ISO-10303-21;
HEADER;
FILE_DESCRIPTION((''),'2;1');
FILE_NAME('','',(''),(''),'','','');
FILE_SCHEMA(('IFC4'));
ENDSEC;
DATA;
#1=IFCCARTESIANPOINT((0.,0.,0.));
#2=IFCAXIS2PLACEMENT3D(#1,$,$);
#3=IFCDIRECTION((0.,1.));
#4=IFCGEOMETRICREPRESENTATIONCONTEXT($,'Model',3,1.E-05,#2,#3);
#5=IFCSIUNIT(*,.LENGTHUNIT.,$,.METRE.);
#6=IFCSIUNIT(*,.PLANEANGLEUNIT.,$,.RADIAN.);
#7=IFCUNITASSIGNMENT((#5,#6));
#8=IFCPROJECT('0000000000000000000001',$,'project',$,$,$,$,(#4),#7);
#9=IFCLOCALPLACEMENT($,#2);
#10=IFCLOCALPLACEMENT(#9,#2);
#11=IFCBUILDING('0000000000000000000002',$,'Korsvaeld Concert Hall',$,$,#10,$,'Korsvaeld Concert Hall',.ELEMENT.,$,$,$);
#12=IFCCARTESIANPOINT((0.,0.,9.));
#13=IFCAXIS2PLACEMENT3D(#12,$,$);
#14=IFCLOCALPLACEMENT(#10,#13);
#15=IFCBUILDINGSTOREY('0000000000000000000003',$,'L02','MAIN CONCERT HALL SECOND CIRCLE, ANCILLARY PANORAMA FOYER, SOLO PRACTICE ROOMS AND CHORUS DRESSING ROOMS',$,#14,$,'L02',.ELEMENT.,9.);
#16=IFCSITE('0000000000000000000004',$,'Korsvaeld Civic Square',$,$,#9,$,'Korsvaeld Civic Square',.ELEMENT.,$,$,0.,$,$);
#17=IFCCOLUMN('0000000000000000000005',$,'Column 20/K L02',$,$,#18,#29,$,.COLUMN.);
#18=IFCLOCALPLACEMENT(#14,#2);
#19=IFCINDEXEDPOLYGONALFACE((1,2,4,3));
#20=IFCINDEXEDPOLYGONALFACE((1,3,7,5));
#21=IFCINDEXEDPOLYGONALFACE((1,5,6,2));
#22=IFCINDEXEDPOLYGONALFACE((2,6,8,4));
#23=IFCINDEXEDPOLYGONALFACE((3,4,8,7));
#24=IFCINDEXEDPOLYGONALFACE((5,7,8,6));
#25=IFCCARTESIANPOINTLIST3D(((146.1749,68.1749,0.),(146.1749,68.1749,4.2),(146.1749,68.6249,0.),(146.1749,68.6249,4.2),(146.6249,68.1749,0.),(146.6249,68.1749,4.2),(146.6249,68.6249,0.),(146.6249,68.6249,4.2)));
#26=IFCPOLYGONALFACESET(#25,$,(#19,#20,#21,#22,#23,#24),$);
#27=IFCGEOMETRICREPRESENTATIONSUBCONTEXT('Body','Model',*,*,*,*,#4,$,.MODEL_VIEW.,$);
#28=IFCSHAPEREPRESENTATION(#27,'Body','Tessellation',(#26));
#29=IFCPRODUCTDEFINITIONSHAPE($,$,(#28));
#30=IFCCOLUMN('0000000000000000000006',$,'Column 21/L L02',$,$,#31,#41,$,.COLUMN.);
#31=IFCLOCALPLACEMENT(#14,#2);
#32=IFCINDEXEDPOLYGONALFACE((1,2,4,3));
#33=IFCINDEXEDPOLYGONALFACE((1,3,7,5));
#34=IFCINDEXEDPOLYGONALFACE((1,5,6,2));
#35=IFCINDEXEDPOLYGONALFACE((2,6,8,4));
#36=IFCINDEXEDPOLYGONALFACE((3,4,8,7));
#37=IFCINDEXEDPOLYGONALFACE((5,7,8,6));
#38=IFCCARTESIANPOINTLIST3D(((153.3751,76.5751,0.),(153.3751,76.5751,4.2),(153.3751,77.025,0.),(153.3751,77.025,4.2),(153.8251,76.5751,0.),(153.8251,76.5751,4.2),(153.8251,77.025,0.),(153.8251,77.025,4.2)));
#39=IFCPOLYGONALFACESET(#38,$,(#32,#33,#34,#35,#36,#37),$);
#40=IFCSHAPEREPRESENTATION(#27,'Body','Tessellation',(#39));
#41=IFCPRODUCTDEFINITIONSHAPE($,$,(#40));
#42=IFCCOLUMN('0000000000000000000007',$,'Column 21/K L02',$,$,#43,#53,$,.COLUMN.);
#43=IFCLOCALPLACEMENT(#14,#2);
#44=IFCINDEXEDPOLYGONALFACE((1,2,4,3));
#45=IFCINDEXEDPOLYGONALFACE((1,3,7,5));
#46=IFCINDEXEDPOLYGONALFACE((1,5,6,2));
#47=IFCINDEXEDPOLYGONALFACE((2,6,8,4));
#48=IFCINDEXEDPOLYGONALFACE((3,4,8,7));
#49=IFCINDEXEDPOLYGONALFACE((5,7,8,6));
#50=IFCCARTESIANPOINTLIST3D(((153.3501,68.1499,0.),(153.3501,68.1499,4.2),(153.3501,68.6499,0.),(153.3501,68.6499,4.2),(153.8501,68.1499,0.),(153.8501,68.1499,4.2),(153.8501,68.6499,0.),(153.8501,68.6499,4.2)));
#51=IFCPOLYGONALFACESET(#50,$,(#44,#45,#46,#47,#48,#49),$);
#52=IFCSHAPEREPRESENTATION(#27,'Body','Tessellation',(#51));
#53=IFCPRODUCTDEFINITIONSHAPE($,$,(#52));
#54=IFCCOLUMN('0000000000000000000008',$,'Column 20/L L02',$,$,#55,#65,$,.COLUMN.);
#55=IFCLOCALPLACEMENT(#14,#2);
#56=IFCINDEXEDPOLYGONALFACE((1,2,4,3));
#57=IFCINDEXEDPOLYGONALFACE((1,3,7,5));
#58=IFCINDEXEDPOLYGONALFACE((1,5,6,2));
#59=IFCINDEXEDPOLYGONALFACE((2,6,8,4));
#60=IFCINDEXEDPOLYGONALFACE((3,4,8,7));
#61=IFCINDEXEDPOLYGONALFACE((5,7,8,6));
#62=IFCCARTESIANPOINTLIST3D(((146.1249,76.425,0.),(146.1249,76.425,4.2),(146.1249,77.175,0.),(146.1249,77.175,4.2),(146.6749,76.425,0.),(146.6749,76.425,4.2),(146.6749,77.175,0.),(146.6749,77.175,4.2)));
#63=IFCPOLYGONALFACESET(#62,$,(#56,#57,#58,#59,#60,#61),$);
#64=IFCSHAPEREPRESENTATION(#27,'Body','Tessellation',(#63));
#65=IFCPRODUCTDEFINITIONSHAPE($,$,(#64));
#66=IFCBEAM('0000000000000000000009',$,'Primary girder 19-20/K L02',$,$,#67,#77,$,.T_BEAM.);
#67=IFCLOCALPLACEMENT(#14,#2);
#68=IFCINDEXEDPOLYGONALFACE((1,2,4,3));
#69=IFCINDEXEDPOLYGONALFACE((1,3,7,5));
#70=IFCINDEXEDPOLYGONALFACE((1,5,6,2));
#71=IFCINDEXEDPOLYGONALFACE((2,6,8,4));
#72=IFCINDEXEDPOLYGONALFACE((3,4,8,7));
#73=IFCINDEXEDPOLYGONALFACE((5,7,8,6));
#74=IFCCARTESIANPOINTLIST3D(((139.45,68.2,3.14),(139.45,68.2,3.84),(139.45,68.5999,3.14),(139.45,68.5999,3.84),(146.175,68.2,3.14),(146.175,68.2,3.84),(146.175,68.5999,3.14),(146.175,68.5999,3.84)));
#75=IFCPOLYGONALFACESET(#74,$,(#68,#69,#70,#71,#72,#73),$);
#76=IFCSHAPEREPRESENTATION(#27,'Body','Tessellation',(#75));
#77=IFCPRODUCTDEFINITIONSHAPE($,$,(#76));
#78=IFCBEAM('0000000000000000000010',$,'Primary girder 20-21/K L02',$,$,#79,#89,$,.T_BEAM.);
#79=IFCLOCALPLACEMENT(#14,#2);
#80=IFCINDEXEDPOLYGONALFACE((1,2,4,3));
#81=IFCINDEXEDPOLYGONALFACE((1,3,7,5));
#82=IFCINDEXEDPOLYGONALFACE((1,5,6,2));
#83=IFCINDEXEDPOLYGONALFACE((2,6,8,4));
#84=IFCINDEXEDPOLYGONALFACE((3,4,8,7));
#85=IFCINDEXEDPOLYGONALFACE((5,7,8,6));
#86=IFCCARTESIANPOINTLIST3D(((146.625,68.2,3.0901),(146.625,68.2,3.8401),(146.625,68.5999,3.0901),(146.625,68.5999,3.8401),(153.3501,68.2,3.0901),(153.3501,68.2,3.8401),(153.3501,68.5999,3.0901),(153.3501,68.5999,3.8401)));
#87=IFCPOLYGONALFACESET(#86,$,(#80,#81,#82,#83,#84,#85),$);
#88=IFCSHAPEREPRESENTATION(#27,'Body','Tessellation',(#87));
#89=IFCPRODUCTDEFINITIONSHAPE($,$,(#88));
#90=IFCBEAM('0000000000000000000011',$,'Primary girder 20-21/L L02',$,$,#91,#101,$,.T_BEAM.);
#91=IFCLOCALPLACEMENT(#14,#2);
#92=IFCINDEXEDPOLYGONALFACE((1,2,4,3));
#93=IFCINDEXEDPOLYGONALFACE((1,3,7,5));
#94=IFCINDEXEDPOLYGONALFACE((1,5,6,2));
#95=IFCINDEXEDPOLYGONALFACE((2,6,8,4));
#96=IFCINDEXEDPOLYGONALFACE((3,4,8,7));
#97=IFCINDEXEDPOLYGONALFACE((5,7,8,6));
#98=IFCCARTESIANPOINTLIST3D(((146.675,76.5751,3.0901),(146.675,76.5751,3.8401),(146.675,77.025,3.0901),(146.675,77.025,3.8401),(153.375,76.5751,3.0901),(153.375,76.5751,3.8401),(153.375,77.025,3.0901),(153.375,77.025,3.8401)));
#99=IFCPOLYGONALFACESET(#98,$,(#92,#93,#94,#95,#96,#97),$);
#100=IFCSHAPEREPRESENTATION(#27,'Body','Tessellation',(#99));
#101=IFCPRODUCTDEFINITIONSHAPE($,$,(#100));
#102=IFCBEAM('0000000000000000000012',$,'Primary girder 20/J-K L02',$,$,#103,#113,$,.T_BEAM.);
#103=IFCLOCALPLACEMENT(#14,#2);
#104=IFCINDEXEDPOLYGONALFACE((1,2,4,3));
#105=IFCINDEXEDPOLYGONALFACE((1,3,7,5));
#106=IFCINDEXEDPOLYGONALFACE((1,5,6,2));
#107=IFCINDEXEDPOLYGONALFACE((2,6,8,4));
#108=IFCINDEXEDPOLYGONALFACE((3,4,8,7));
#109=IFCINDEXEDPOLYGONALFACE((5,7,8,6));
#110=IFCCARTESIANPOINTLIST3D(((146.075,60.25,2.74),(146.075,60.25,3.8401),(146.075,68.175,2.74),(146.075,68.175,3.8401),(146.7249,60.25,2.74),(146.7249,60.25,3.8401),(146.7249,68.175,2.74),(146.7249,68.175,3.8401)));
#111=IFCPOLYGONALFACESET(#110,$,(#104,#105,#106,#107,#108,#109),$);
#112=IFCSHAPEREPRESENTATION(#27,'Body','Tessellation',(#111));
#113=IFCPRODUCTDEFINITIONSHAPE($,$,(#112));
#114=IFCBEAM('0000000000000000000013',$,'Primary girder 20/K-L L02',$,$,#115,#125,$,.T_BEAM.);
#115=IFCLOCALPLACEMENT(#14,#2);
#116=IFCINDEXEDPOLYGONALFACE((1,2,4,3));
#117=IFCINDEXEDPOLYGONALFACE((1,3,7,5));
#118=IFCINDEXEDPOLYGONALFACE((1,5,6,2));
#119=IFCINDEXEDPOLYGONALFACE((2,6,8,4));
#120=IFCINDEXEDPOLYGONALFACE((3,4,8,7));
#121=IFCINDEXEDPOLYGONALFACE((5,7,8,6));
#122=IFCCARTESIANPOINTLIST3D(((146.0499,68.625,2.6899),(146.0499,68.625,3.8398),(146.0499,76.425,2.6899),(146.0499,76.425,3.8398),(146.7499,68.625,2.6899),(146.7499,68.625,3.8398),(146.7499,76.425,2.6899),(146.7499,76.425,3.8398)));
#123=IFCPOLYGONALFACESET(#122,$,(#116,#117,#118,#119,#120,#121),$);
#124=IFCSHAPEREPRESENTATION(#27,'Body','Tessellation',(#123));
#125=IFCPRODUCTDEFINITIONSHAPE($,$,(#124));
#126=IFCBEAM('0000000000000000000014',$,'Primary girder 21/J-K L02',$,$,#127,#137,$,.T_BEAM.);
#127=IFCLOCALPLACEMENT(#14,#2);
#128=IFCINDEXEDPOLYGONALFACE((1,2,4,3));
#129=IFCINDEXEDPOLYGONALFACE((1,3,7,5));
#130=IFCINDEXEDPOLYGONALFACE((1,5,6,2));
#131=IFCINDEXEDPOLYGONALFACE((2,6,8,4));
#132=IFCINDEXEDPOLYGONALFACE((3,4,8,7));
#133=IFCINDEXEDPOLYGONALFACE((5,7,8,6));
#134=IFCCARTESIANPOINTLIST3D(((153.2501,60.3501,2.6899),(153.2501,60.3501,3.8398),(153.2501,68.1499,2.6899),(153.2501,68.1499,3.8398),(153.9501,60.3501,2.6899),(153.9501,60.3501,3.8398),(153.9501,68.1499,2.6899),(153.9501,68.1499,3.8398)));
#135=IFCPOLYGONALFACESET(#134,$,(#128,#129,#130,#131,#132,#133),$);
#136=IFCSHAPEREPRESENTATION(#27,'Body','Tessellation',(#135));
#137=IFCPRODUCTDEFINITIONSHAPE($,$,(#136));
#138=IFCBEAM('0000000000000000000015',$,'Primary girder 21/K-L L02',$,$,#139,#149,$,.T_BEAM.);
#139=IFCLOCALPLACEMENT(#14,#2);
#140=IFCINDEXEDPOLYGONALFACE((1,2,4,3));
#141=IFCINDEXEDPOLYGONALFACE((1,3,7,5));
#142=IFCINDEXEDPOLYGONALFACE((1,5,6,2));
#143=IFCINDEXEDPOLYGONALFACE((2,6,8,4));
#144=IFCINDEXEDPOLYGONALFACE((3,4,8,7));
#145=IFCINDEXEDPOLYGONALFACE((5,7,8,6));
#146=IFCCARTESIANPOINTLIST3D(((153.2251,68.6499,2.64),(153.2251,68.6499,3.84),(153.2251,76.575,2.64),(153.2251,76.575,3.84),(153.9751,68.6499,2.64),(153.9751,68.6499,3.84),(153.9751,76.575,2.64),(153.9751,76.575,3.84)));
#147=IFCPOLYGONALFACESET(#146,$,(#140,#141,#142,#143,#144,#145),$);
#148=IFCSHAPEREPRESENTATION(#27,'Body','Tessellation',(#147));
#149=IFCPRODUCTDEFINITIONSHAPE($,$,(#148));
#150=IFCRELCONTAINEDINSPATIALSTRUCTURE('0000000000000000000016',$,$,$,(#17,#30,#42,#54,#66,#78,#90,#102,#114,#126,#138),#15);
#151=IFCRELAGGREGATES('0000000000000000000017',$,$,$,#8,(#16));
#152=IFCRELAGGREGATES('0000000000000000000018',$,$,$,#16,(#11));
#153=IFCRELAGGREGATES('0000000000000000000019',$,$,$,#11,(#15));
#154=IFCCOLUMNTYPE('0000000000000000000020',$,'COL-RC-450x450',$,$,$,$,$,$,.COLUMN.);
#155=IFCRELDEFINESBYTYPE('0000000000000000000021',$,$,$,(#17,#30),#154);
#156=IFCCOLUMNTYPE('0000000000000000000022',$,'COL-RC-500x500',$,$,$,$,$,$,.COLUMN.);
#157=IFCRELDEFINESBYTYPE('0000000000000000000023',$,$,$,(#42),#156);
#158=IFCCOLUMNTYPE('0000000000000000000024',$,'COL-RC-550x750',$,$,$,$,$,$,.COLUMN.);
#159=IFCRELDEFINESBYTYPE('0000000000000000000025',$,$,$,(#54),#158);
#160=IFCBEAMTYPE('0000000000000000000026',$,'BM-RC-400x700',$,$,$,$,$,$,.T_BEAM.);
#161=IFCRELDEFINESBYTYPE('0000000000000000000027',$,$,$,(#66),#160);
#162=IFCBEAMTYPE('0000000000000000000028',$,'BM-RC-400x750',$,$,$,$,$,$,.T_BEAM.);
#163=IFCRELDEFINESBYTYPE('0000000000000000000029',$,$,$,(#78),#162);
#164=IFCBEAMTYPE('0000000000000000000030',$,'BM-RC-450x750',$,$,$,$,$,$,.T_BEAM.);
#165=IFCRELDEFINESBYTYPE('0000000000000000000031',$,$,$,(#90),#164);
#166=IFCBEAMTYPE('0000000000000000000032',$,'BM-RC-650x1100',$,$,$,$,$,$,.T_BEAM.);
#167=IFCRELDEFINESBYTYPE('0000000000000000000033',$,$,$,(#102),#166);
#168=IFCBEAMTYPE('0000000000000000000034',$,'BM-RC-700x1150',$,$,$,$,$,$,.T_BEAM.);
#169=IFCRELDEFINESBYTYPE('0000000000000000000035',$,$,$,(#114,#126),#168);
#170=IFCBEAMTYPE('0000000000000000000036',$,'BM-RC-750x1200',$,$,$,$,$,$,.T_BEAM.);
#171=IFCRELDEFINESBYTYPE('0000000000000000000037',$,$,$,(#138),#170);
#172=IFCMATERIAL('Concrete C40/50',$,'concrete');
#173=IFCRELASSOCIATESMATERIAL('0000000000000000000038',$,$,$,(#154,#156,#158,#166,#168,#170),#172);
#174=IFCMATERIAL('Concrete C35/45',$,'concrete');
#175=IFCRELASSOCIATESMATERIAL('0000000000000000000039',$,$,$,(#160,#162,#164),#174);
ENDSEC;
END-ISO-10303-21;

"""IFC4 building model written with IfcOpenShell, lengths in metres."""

from ifc_helpers import new_model, si_unit, direction, frame, origin, origin_2d, place, context, subcontext, project, spatial, rectangle, extrude, material, material_profile, profile_set, type_object, element, save


model = new_model("IFC4")

# Units and contexts
model_context = context("Model", 3, precision=1e-05, world=origin(), true_north=direction((0.0, 1.0)))
body_context = subcontext(model_context, "Body", "Model", "MODEL_VIEW")
ifc_project = project(units=[si_unit("LENGTHUNIT", "METRE"), si_unit("PLANEANGLEUNIT", "RADIAN")], contexts=[model_context])

# Site, building, storey
site_placement = place(None, origin())
site = spatial("IfcSite", under=ifc_project, at=site_placement, Name="Korsvaeld Civic Square", LongName="Korsvaeld Civic Square", CompositionType="ELEMENT", RefElevation=0.0)
building_placement = place(site_placement, origin())
building = spatial("IfcBuilding", under=site, at=building_placement, Name="Korsvaeld Concert Hall", LongName="Korsvaeld Concert Hall", CompositionType="ELEMENT")
storey_placement = place(building_placement, frame((0.0, 0.0, 9.0)))
storey = spatial("IfcBuildingStorey", under=building, at=storey_placement, Name="L02", Description="MAIN CONCERT HALL SECOND CIRCLE, ANCILLARY PANORAMA FOYER, SOLO PRACTICE ROOMS AND CHORUS DRESSING ROOMS", LongName="L02", CompositionType="ELEMENT", Elevation=9.0)

# Columns
ifc_material_1 = material(Name="Concrete C40/50", Category="concrete")
ifc_material_profile_1 = material_profile(ifc_material_1, rectangle(XDim=0.45, YDim=0.45, at=origin_2d()), Name="RC 450x450")
ifc_profile_set_1 = profile_set([ifc_material_profile_1], Name="Concrete C40/50")
column_type_1 = type_object("IfcColumnType", Name="COL-RC-450x450", PredefinedType="COLUMN", material=ifc_profile_set_1)
for number, where, z_axis, x_axis, name in (
    (1, (146.3999, 68.3999, 0.0), (0.0, 0.0, 1.0), (1.0, 0.0, 0.0), "Column 20/K L02"),
    (2, (153.6001, 76.8, 0.0), (0.0, 0.0, 1.0), (1.0, 0.0, 0.0), "Column 21/L L02"),
):
    element("IfcColumn", number, at=place(storey_placement, frame(where, z_axis=z_axis, x_axis=x_axis)), inside=storey, type_object=column_type_1, Name=name, PredefinedType="COLUMN", context=body_context, shape_type="SweptSolid", body=[
        extrude(rectangle(XDim=0.45, YDim=0.45, at=origin_2d()), origin(), (0.0, 0.0, 1.0), 4.2),
    ])
ifc_material_profile_2 = material_profile(ifc_material_1, rectangle(XDim=0.5, YDim=0.5, at=origin_2d()), Name="RC 500x500")
ifc_profile_set_2 = profile_set([ifc_material_profile_2], Name="Concrete C40/50")
column_type_2 = type_object("IfcColumnType", Name="COL-RC-500x500", PredefinedType="COLUMN", material=ifc_profile_set_2)
column_1_placement = place(storey_placement, frame((153.6001, 68.3999, 0.0), z_axis=(0.0, 0.0, 1.0), x_axis=(1.0, 0.0, 0.0)))
element("IfcColumn", 3, at=column_1_placement, inside=storey, type_object=column_type_2, Name="Column 21/K L02", PredefinedType="COLUMN", context=body_context, shape_type="SweptSolid", body=[
    extrude(rectangle(XDim=0.5, YDim=0.5, at=origin_2d()), origin(), (0.0, 0.0, 1.0), 4.2),
])
ifc_material_profile_3 = material_profile(ifc_material_1, rectangle(XDim=0.55, YDim=0.75, at=origin_2d()), Name="RC 550x750")
ifc_profile_set_3 = profile_set([ifc_material_profile_3], Name="Concrete C40/50")
column_type_3 = type_object("IfcColumnType", Name="COL-RC-550x750", PredefinedType="COLUMN", material=ifc_profile_set_3)
column_2_placement = place(storey_placement, frame((146.3999, 76.8, 0.0), z_axis=(0.0, 0.0, 1.0), x_axis=(1.0, 0.0, 0.0)))
element("IfcColumn", 4, at=column_2_placement, inside=storey, type_object=column_type_3, Name="Column 20/L L02", PredefinedType="COLUMN", context=body_context, shape_type="SweptSolid", body=[
    extrude(rectangle(XDim=0.55, YDim=0.75, at=origin_2d()), origin(), (0.0, 0.0, 1.0), 4.2),
])

# Beams
ifc_material_2 = material(Name="Concrete C35/45", Category="concrete")
ifc_material_profile_4 = material_profile(ifc_material_2, rectangle(XDim=0.3999, YDim=0.7, at=origin_2d()), Name="RC 400x700")
ifc_profile_set_4 = profile_set([ifc_material_profile_4], Name="Concrete C35/45")
beam_type_1 = type_object("IfcBeamType", Name="BM-RC-400x700", PredefinedType="T_BEAM", material=ifc_profile_set_4)
beam_1_placement = place(storey_placement, frame((139.45, 68.3999, 3.49), z_axis=(1.0, 0.0, 0.0), x_axis=(0.0, 1.0, 0.0)))
element("IfcBeam", 5, at=beam_1_placement, inside=storey, type_object=beam_type_1, Name="Primary girder 19-20/K L02", PredefinedType="T_BEAM", context=body_context, shape_type="SweptSolid", body=[
    extrude(rectangle(XDim=0.3999, YDim=0.7, at=origin_2d()), origin(), (0.0, 0.0, 1.0), 6.7251),
])
ifc_material_profile_5 = material_profile(ifc_material_2, rectangle(XDim=0.3999, YDim=0.75, at=origin_2d()), Name="RC 400x750")
ifc_profile_set_5 = profile_set([ifc_material_profile_5], Name="Concrete C35/45")
beam_type_2 = type_object("IfcBeamType", Name="BM-RC-400x750", PredefinedType="T_BEAM", material=ifc_profile_set_5)
beam_2_placement = place(storey_placement, frame((146.625, 68.3999, 3.4651), z_axis=(1.0, 0.0, 0.0), x_axis=(0.0, 1.0, 0.0)))
element("IfcBeam", 6, at=beam_2_placement, inside=storey, type_object=beam_type_2, Name="Primary girder 20-21/K L02", PredefinedType="T_BEAM", context=body_context, shape_type="SweptSolid", body=[
    extrude(rectangle(XDim=0.3999, YDim=0.75, at=origin_2d()), origin(), (0.0, 0.0, 1.0), 6.7251),
])
ifc_material_profile_6 = material_profile(ifc_material_2, rectangle(XDim=0.45, YDim=0.75, at=origin_2d()), Name="RC 450x750")
ifc_profile_set_6 = profile_set([ifc_material_profile_6], Name="Concrete C35/45")
beam_type_3 = type_object("IfcBeamType", Name="BM-RC-450x750", PredefinedType="T_BEAM", material=ifc_profile_set_6)
beam_3_placement = place(storey_placement, frame((146.675, 76.8, 3.4651), z_axis=(1.0, 0.0, 0.0), x_axis=(0.0, 1.0, 0.0)))
element("IfcBeam", 7, at=beam_3_placement, inside=storey, type_object=beam_type_3, Name="Primary girder 20-21/L L02", PredefinedType="T_BEAM", context=body_context, shape_type="SweptSolid", body=[
    extrude(rectangle(XDim=0.45, YDim=0.75, at=origin_2d()), origin(), (0.0, 0.0, 1.0), 6.7),
])
ifc_material_profile_7 = material_profile(ifc_material_1, rectangle(XDim=0.6499, YDim=1.1001, at=origin_2d()), Name="RC 650x1100")
ifc_profile_set_7 = profile_set([ifc_material_profile_7], Name="Concrete C40/50")
beam_type_4 = type_object("IfcBeamType", Name="BM-RC-650x1100", PredefinedType="T_BEAM", material=ifc_profile_set_7)
beam_4_placement = place(storey_placement, frame((146.3999, 60.25, 3.29), z_axis=(0.0, 1.0, 0.0), x_axis=(-1.0, 0.0, 0.0)))
element("IfcBeam", 8, at=beam_4_placement, inside=storey, type_object=beam_type_4, Name="Primary girder 20/J-K L02", PredefinedType="T_BEAM", context=body_context, shape_type="SweptSolid", body=[
    extrude(rectangle(XDim=0.6499, YDim=1.1001, at=origin_2d()), origin(), (0.0, 0.0, 1.0), 7.925),
])
ifc_material_profile_8 = material_profile(ifc_material_1, rectangle(XDim=0.7, YDim=1.1499, at=origin_2d()), Name="RC 700x1150")
ifc_profile_set_8 = profile_set([ifc_material_profile_8], Name="Concrete C40/50")
beam_type_5 = type_object("IfcBeamType", Name="BM-RC-700x1150", PredefinedType="T_BEAM", material=ifc_profile_set_8)
beam_5_placement = place(storey_placement, frame((146.3999, 68.625, 3.2649), z_axis=(0.0, 1.0, 0.0), x_axis=(-1.0, 0.0, 0.0)))
element("IfcBeam", 9, at=beam_5_placement, inside=storey, type_object=beam_type_5, Name="Primary girder 20/K-L L02", PredefinedType="T_BEAM", context=body_context, shape_type="SweptSolid", body=[
    extrude(rectangle(XDim=0.7, YDim=1.1499, at=origin_2d()), origin(), (0.0, 0.0, 1.0), 7.8),
])
beam_6_placement = place(storey_placement, frame((153.6001, 60.3501, 3.2649), z_axis=(0.0, 1.0, 0.0), x_axis=(-1.0, 0.0, 0.0)))
element("IfcBeam", 10, at=beam_6_placement, inside=storey, type_object=beam_type_5, Name="Primary girder 21/J-K L02", PredefinedType="T_BEAM", context=body_context, shape_type="SweptSolid", body=[
    extrude(rectangle(XDim=0.7, YDim=1.1499, at=origin_2d()), origin(), (0.0, 0.0, 1.0), 7.7998),
])
ifc_material_profile_9 = material_profile(ifc_material_1, rectangle(XDim=0.75, YDim=1.2, at=origin_2d()), Name="RC 750x1200")
ifc_profile_set_9 = profile_set([ifc_material_profile_9], Name="Concrete C40/50")
beam_type_6 = type_object("IfcBeamType", Name="BM-RC-750x1200", PredefinedType="T_BEAM", material=ifc_profile_set_9)
beam_7_placement = place(storey_placement, frame((153.6001, 68.6499, 3.24), z_axis=(0.0, 1.0, 0.0), x_axis=(-1.0, 0.0, 0.0)))
element("IfcBeam", 11, at=beam_7_placement, inside=storey, type_object=beam_type_6, Name="Primary girder 21/K-L L02", PredefinedType="T_BEAM", context=body_context, shape_type="SweptSolid", body=[
    extrude(rectangle(XDim=0.75, YDim=1.2, at=origin_2d()), origin(), (0.0, 0.0, 1.0), 7.925),
])

save(model, "model.ifc")
